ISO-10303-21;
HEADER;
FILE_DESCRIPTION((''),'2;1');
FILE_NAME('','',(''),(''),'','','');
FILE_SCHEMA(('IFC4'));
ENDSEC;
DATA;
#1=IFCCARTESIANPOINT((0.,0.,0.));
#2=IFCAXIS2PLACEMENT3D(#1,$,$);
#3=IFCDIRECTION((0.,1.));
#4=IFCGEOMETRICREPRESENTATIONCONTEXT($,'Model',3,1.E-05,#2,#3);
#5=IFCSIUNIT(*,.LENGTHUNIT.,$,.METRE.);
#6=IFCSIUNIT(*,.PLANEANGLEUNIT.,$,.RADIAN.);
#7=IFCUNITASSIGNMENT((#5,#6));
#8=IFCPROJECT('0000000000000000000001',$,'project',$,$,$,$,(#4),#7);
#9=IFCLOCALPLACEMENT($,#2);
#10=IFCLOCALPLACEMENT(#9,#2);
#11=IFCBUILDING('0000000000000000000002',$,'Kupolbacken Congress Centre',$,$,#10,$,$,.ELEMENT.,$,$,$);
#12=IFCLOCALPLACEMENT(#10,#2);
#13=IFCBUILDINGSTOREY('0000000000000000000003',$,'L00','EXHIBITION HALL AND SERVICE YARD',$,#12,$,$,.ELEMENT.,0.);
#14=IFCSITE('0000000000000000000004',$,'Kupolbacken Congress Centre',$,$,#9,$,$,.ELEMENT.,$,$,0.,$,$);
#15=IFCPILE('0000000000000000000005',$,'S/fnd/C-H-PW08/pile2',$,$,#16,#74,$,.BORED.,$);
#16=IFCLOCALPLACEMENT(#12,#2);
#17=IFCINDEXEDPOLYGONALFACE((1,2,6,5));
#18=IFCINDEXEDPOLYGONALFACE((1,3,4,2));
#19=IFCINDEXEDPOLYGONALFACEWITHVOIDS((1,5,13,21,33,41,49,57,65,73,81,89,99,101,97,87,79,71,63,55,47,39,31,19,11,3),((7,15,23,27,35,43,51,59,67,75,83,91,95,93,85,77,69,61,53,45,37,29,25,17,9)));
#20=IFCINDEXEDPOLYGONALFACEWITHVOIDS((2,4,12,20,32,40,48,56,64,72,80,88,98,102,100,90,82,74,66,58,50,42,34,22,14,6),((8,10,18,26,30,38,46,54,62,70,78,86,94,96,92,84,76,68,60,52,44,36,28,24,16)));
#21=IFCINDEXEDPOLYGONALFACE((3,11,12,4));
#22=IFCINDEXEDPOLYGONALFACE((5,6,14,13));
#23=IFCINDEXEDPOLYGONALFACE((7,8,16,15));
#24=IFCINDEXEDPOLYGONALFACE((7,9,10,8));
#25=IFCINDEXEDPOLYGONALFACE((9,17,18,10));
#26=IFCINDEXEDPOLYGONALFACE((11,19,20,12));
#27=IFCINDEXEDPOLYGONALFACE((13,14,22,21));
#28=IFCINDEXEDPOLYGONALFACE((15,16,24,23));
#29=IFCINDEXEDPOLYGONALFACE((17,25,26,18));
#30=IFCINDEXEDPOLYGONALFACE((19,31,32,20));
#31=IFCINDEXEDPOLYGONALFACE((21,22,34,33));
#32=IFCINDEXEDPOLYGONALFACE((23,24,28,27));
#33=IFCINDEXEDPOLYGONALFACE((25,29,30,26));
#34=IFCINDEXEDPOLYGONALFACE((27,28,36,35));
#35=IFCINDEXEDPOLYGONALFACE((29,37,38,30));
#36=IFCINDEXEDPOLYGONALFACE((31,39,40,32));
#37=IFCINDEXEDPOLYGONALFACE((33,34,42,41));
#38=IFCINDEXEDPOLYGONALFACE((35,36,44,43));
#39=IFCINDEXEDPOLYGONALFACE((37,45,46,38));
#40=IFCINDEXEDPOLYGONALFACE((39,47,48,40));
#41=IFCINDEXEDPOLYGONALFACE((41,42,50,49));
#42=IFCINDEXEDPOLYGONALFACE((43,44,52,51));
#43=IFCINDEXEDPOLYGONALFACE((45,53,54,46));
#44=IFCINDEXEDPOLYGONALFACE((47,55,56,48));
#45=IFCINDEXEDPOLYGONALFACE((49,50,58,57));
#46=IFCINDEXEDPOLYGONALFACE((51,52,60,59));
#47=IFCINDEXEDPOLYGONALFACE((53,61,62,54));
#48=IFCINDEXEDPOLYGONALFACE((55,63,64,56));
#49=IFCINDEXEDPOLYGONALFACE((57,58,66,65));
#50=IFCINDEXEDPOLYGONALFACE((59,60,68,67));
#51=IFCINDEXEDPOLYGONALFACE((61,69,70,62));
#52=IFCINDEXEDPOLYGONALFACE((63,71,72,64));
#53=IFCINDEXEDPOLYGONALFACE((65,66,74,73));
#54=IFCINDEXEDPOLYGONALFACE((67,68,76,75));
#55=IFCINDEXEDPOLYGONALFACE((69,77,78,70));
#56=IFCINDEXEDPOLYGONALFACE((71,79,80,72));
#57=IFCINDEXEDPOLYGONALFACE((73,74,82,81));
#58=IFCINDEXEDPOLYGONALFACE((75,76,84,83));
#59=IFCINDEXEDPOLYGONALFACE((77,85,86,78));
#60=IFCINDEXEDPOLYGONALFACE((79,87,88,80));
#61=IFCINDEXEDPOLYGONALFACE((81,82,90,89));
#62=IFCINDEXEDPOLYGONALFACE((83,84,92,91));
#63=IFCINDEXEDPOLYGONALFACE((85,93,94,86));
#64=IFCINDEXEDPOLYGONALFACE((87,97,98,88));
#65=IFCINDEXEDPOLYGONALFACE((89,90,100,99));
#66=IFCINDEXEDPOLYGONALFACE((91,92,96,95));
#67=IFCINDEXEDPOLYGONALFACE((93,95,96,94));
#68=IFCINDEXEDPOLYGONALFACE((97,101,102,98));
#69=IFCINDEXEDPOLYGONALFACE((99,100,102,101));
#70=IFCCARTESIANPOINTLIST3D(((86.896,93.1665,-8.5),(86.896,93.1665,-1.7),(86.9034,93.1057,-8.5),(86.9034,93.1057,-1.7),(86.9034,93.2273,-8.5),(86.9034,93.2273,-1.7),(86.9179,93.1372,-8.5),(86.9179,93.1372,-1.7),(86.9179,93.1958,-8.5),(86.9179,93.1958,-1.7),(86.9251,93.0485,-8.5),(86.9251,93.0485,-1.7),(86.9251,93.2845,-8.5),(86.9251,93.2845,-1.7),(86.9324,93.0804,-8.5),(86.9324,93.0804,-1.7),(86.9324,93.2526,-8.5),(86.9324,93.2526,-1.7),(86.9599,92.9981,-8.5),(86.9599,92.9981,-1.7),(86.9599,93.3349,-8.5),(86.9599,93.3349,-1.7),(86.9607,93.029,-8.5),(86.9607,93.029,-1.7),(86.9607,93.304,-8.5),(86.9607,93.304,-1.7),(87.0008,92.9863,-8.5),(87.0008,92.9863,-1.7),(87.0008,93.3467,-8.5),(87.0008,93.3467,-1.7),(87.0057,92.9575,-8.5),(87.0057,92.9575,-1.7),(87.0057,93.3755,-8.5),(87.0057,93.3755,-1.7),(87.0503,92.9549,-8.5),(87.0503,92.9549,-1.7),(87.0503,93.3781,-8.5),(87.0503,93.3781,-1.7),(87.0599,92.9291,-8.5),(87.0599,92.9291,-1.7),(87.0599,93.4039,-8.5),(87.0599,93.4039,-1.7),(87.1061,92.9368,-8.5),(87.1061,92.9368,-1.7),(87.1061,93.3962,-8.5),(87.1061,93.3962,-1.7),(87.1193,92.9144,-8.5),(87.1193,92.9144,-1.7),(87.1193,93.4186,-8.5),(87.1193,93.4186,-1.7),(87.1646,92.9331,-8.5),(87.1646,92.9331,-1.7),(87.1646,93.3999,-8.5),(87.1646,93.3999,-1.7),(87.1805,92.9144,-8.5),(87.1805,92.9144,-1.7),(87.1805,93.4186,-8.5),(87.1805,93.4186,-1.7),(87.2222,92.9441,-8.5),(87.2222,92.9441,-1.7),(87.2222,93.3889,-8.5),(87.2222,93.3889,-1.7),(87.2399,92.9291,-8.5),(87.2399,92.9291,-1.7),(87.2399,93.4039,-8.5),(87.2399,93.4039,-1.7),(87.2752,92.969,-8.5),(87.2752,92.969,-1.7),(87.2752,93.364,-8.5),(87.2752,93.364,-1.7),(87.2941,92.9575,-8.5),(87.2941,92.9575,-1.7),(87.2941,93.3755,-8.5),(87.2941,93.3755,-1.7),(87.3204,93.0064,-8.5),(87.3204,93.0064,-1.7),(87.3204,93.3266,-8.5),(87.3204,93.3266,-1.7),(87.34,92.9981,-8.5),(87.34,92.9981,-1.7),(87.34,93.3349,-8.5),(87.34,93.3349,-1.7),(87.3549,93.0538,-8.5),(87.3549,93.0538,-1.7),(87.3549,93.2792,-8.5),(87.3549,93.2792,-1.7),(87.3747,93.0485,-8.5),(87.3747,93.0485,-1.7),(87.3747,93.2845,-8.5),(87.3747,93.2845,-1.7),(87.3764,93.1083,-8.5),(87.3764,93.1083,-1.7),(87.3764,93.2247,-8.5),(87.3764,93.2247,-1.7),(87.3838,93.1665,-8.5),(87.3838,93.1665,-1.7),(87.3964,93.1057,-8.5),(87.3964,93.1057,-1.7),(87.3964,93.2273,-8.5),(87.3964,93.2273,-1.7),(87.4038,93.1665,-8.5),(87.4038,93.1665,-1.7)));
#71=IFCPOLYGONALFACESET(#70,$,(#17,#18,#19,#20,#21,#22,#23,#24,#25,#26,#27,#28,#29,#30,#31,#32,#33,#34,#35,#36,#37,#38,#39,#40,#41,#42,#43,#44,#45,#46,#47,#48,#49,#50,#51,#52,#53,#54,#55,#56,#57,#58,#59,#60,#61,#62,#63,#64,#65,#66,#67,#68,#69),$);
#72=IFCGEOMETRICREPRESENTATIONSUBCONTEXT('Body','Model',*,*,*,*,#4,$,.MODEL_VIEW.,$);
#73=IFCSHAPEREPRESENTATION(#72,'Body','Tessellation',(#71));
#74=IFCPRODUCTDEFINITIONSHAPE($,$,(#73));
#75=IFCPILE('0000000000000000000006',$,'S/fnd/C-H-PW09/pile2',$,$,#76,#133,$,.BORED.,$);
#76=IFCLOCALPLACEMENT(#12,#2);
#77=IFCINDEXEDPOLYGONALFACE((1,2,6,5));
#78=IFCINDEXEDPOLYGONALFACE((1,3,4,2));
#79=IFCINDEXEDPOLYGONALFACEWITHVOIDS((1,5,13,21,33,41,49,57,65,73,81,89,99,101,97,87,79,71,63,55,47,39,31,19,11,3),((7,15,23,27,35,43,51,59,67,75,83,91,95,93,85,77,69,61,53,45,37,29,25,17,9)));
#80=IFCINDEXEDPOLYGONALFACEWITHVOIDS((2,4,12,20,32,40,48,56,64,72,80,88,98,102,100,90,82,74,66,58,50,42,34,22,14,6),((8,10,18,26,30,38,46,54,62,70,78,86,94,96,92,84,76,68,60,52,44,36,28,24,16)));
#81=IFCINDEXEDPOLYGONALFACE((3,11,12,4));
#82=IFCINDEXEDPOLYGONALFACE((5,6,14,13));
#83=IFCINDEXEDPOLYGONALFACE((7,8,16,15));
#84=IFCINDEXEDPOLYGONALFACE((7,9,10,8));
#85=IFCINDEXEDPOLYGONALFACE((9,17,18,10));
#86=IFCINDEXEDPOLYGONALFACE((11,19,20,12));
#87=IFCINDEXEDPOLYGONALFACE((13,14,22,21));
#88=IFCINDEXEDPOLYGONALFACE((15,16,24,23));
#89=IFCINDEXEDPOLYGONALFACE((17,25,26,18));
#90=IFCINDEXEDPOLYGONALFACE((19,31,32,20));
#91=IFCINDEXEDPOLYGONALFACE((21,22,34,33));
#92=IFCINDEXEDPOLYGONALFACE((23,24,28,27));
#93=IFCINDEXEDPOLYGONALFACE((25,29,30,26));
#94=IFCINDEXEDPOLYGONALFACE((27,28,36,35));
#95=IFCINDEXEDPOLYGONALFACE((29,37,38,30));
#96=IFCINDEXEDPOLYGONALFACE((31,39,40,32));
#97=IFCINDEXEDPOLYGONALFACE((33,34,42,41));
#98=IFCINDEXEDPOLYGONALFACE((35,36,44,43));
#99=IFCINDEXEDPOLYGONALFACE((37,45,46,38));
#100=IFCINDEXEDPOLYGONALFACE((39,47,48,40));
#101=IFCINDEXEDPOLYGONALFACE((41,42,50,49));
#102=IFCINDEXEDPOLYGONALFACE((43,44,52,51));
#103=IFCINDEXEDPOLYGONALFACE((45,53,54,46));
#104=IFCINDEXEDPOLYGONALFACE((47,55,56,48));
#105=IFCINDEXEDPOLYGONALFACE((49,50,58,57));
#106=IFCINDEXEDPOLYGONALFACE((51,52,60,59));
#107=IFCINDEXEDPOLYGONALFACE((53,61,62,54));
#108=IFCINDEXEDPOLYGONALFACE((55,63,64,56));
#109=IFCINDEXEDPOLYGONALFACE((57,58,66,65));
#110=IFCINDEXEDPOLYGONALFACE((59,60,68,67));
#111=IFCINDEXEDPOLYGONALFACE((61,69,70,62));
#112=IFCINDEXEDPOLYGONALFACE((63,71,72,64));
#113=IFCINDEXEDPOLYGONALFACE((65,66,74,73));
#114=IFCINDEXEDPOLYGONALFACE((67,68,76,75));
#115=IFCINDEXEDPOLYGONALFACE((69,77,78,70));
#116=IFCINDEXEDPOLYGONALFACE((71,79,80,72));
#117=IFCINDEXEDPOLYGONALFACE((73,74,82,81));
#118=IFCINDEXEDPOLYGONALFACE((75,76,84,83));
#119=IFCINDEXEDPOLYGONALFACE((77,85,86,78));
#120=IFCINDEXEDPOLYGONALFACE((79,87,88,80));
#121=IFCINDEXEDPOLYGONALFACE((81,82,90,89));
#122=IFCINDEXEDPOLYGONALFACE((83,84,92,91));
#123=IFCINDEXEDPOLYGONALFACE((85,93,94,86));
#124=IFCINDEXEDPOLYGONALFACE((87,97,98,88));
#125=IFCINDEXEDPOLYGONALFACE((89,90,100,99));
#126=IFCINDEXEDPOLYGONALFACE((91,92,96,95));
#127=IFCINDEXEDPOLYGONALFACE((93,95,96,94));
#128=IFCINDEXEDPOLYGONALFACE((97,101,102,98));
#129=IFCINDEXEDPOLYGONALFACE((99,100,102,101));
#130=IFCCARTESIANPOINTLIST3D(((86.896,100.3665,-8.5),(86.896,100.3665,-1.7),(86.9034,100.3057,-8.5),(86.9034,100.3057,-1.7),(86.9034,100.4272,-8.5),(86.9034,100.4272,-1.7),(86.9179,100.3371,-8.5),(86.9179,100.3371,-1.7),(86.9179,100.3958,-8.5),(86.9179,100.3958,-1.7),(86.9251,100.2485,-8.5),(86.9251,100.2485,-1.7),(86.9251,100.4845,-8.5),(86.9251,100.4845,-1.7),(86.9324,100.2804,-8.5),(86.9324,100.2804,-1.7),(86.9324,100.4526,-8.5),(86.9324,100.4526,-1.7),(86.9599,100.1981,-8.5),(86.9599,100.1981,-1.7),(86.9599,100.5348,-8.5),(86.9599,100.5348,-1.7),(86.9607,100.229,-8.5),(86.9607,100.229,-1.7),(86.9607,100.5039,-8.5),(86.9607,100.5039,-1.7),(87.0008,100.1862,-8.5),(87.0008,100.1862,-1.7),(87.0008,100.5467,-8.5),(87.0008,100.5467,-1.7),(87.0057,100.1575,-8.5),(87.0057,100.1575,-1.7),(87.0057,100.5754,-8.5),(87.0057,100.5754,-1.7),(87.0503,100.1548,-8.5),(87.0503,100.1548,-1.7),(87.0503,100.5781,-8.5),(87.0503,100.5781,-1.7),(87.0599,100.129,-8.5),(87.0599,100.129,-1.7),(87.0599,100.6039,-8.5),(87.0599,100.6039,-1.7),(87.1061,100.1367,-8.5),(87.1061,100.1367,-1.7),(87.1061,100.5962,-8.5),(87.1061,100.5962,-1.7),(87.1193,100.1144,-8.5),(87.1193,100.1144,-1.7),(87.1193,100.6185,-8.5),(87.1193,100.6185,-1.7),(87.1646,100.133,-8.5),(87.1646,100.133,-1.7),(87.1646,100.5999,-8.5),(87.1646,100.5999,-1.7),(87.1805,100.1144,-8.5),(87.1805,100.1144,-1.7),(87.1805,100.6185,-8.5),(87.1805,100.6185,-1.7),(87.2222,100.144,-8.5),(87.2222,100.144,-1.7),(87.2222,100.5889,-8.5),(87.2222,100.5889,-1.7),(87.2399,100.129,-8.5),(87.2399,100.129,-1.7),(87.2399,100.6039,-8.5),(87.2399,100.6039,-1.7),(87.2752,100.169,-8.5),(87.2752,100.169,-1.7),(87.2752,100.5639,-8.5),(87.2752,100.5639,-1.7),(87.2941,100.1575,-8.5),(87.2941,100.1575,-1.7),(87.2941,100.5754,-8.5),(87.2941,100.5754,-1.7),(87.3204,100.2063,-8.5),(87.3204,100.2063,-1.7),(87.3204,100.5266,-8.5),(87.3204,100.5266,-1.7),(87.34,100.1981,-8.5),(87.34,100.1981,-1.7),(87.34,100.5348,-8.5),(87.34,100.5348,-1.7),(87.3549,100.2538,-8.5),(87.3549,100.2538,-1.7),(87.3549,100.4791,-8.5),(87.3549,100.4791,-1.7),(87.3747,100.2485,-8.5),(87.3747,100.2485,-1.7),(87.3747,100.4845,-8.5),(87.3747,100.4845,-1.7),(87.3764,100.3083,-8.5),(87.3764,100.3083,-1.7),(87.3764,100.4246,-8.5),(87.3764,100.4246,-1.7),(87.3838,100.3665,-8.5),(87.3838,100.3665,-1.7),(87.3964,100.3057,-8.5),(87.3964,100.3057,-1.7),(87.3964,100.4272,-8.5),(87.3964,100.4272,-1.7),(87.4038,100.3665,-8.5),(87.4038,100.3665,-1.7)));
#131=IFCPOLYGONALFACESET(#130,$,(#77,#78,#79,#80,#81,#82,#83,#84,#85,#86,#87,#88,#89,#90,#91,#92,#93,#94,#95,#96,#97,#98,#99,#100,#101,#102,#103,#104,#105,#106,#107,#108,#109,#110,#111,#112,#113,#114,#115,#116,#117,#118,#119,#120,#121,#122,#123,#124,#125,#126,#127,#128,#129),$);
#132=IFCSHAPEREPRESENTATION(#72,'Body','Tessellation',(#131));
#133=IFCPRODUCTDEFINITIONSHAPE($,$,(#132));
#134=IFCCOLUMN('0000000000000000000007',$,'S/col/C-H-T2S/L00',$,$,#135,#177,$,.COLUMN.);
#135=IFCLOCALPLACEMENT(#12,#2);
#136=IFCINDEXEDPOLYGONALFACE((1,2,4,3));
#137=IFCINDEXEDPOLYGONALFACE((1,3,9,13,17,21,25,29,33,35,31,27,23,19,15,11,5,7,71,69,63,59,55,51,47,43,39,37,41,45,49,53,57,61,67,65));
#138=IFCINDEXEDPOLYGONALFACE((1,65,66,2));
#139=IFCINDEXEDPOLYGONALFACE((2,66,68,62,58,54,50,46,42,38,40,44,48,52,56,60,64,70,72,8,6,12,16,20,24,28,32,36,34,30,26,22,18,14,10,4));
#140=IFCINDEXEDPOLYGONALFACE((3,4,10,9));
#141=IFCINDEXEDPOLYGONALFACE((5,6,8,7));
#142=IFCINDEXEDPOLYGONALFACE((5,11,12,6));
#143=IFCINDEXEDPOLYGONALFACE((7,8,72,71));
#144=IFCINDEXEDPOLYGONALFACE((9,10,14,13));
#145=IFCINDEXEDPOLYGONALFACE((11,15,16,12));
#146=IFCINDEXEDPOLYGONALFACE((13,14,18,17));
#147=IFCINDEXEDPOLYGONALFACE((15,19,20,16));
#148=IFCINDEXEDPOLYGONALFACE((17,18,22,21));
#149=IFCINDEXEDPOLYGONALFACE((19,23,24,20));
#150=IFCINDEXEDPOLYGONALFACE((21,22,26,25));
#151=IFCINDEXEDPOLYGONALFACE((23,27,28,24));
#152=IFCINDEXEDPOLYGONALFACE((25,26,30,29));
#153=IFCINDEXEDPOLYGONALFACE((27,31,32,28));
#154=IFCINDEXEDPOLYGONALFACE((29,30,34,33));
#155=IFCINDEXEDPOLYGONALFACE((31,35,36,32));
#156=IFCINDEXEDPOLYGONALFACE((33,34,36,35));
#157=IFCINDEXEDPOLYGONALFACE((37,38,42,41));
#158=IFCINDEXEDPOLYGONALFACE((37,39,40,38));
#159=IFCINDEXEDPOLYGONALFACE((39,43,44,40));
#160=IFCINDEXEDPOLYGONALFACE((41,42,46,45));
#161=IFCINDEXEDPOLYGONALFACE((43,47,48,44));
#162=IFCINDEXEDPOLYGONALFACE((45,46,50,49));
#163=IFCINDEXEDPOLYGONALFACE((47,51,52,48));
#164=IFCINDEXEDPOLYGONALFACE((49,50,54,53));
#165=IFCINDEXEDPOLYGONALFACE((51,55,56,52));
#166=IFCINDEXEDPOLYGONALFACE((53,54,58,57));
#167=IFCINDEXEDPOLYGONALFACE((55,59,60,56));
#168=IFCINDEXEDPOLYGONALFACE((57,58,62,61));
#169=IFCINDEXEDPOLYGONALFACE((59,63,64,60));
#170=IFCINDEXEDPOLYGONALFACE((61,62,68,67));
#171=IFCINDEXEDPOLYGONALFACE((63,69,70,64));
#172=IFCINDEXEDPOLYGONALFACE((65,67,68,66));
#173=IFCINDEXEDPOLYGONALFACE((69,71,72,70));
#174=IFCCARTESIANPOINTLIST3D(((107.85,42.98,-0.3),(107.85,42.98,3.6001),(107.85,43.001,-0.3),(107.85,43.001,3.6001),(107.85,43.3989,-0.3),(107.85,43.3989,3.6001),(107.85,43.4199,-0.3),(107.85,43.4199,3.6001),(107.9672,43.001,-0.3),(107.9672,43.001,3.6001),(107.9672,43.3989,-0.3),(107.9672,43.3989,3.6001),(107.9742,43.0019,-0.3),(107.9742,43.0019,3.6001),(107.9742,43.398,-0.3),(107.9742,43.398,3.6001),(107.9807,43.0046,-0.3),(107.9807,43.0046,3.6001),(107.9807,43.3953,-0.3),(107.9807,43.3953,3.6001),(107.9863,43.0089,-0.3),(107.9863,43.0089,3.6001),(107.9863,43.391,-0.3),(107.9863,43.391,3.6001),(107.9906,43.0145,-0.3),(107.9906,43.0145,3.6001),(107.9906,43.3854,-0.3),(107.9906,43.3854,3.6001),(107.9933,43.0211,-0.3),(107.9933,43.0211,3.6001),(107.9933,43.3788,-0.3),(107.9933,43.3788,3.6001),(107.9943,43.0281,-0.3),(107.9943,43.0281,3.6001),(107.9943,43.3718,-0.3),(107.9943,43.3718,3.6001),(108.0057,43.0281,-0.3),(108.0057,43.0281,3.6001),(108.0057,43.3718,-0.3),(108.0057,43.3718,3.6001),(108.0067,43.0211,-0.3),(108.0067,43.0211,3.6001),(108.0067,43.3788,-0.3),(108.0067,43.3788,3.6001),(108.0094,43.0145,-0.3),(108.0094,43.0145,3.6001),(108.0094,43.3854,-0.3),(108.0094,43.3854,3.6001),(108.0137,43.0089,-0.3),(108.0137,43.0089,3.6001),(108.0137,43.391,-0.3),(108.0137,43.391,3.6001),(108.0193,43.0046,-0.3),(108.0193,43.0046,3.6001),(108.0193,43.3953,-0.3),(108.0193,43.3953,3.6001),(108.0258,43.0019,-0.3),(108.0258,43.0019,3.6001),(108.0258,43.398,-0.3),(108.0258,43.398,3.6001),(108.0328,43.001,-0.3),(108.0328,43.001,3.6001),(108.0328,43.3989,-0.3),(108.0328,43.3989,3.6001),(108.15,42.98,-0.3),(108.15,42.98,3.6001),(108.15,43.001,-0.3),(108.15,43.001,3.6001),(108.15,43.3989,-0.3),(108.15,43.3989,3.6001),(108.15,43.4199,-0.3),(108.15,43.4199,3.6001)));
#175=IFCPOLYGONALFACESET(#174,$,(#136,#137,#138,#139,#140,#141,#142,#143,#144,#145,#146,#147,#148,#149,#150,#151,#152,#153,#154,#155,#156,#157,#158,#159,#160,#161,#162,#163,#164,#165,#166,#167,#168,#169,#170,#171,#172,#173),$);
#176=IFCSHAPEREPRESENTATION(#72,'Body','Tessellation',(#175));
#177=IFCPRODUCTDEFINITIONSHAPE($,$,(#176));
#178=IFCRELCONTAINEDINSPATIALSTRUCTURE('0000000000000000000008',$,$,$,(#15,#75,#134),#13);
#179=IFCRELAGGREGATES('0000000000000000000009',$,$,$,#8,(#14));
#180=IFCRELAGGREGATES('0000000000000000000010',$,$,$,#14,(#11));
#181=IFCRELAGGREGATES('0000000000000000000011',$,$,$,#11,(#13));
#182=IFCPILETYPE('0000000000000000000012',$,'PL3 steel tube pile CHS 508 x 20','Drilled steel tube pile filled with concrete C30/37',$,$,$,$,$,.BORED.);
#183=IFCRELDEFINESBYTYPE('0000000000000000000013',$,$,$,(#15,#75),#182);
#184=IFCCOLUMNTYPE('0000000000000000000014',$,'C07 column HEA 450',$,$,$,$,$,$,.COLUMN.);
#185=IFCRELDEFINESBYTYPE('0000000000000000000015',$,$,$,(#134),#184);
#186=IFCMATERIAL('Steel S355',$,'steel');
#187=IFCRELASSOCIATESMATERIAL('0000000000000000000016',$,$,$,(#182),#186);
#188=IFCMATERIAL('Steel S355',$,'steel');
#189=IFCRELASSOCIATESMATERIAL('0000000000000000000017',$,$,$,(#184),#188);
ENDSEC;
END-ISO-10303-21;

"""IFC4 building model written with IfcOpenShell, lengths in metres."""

from ifc_helpers import new_model, si_unit, direction, frame, origin, origin_2d, place, context, subcontext, project, spatial, hollow_circle, i_section, extrude, material, material_profile, profile_set, type_object, element, save


model = new_model("IFC4")

# Units and contexts
model_context = context("Model", 3, precision=1e-05, world=origin(), true_north=direction((0.0, 1.0)))
body_context = subcontext(model_context, "Body", "Model", "MODEL_VIEW")
ifc_project = project(units=[si_unit("LENGTHUNIT", "METRE"), si_unit("PLANEANGLEUNIT", "RADIAN")], contexts=[model_context])

# Site, building, storey
site_placement = place(None, origin())
site = spatial("IfcSite", under=ifc_project, at=site_placement, Name="Kupolbacken Congress Centre", CompositionType="ELEMENT", RefElevation=0.0)
building_placement = place(site_placement, origin())
building = spatial("IfcBuilding", under=site, at=building_placement, Name="Kupolbacken Congress Centre", CompositionType="ELEMENT")
storey_placement = place(building_placement, origin())
storey = spatial("IfcBuildingStorey", under=building, at=storey_placement, Name="L00", Description="EXHIBITION HALL AND SERVICE YARD", CompositionType="ELEMENT", Elevation=0.0)

# Piles
ifc_material_1 = material(Name="Steel S355", Category="steel")
ifc_material_profile_1 = material_profile(ifc_material_1, hollow_circle(Radius=0.2539, WallThickness=0.02, at=origin_2d()), Name="CHS 508 x 20")
ifc_profile_set_1 = profile_set([ifc_material_profile_1], Name="Steel S355")
pile_type = type_object("IfcPileType", Name="PL3 steel tube pile CHS 508 x 20", Description="Drilled steel tube pile filled with concrete C30/37", PredefinedType="BORED", material=ifc_profile_set_1)
for number, where, z_axis, x_axis, name in (
    (1, (87.1499, 93.1665, -1.7), (0.0, 0.0, -1.0), (1.0, 0.0, 0.0), "S/fnd/C-H-PW08/pile2"),
    (2, (87.1499, 100.3665, -1.7), (0.0, 0.0, -1.0), (1.0, 0.0, 0.0), "S/fnd/C-H-PW09/pile2"),
):
    element("IfcPile", number, at=place(storey_placement, frame(where, z_axis=z_axis, x_axis=x_axis)), inside=storey, type_object=pile_type, Name=name, PredefinedType="BORED", context=body_context, shape_type="SweptSolid", body=[
        extrude(hollow_circle(Radius=0.2539, WallThickness=0.02, at=origin_2d()), origin(), (0.0, 0.0, 1.0), 6.8),
    ])

# Column
ifc_material_2 = material(Name="Steel S355", Category="steel")
ifc_material_profile_2 = material_profile(ifc_material_2, i_section(OverallWidth=0.3, OverallDepth=0.4399, WebThickness=0.0115, FlangeThickness=0.021, FilletRadius=0.0271, at=origin_2d()), Name="HEA 450")
ifc_profile_set_2 = profile_set([ifc_material_profile_2], Name="Steel S355")
column_type_1 = type_object("IfcColumnType", Name="C07 column HEA 450", PredefinedType="COLUMN", material=ifc_profile_set_2)
for number, where, z_axis, x_axis, name in (
    (3, (108.0, 43.2, -0.3), (0.0, 0.0, 1.0), (1.0, 0.0, 0.0), "S/col/C-H-T2S/L00"),
):
    element("IfcColumn", number, at=place(storey_placement, frame(where, z_axis=z_axis, x_axis=x_axis)), inside=storey, type_object=column_type_1, Name=name, PredefinedType="COLUMN", context=body_context, shape_type="SweptSolid", body=[
        extrude(i_section(OverallWidth=0.3, OverallDepth=0.4399, WebThickness=0.0115, FlangeThickness=0.021, FilletRadius=0.0271, at=origin_2d()), origin(), (0.0, 0.0, 1.0), 3.9001),
    ])

save(model, "model.ifc")
